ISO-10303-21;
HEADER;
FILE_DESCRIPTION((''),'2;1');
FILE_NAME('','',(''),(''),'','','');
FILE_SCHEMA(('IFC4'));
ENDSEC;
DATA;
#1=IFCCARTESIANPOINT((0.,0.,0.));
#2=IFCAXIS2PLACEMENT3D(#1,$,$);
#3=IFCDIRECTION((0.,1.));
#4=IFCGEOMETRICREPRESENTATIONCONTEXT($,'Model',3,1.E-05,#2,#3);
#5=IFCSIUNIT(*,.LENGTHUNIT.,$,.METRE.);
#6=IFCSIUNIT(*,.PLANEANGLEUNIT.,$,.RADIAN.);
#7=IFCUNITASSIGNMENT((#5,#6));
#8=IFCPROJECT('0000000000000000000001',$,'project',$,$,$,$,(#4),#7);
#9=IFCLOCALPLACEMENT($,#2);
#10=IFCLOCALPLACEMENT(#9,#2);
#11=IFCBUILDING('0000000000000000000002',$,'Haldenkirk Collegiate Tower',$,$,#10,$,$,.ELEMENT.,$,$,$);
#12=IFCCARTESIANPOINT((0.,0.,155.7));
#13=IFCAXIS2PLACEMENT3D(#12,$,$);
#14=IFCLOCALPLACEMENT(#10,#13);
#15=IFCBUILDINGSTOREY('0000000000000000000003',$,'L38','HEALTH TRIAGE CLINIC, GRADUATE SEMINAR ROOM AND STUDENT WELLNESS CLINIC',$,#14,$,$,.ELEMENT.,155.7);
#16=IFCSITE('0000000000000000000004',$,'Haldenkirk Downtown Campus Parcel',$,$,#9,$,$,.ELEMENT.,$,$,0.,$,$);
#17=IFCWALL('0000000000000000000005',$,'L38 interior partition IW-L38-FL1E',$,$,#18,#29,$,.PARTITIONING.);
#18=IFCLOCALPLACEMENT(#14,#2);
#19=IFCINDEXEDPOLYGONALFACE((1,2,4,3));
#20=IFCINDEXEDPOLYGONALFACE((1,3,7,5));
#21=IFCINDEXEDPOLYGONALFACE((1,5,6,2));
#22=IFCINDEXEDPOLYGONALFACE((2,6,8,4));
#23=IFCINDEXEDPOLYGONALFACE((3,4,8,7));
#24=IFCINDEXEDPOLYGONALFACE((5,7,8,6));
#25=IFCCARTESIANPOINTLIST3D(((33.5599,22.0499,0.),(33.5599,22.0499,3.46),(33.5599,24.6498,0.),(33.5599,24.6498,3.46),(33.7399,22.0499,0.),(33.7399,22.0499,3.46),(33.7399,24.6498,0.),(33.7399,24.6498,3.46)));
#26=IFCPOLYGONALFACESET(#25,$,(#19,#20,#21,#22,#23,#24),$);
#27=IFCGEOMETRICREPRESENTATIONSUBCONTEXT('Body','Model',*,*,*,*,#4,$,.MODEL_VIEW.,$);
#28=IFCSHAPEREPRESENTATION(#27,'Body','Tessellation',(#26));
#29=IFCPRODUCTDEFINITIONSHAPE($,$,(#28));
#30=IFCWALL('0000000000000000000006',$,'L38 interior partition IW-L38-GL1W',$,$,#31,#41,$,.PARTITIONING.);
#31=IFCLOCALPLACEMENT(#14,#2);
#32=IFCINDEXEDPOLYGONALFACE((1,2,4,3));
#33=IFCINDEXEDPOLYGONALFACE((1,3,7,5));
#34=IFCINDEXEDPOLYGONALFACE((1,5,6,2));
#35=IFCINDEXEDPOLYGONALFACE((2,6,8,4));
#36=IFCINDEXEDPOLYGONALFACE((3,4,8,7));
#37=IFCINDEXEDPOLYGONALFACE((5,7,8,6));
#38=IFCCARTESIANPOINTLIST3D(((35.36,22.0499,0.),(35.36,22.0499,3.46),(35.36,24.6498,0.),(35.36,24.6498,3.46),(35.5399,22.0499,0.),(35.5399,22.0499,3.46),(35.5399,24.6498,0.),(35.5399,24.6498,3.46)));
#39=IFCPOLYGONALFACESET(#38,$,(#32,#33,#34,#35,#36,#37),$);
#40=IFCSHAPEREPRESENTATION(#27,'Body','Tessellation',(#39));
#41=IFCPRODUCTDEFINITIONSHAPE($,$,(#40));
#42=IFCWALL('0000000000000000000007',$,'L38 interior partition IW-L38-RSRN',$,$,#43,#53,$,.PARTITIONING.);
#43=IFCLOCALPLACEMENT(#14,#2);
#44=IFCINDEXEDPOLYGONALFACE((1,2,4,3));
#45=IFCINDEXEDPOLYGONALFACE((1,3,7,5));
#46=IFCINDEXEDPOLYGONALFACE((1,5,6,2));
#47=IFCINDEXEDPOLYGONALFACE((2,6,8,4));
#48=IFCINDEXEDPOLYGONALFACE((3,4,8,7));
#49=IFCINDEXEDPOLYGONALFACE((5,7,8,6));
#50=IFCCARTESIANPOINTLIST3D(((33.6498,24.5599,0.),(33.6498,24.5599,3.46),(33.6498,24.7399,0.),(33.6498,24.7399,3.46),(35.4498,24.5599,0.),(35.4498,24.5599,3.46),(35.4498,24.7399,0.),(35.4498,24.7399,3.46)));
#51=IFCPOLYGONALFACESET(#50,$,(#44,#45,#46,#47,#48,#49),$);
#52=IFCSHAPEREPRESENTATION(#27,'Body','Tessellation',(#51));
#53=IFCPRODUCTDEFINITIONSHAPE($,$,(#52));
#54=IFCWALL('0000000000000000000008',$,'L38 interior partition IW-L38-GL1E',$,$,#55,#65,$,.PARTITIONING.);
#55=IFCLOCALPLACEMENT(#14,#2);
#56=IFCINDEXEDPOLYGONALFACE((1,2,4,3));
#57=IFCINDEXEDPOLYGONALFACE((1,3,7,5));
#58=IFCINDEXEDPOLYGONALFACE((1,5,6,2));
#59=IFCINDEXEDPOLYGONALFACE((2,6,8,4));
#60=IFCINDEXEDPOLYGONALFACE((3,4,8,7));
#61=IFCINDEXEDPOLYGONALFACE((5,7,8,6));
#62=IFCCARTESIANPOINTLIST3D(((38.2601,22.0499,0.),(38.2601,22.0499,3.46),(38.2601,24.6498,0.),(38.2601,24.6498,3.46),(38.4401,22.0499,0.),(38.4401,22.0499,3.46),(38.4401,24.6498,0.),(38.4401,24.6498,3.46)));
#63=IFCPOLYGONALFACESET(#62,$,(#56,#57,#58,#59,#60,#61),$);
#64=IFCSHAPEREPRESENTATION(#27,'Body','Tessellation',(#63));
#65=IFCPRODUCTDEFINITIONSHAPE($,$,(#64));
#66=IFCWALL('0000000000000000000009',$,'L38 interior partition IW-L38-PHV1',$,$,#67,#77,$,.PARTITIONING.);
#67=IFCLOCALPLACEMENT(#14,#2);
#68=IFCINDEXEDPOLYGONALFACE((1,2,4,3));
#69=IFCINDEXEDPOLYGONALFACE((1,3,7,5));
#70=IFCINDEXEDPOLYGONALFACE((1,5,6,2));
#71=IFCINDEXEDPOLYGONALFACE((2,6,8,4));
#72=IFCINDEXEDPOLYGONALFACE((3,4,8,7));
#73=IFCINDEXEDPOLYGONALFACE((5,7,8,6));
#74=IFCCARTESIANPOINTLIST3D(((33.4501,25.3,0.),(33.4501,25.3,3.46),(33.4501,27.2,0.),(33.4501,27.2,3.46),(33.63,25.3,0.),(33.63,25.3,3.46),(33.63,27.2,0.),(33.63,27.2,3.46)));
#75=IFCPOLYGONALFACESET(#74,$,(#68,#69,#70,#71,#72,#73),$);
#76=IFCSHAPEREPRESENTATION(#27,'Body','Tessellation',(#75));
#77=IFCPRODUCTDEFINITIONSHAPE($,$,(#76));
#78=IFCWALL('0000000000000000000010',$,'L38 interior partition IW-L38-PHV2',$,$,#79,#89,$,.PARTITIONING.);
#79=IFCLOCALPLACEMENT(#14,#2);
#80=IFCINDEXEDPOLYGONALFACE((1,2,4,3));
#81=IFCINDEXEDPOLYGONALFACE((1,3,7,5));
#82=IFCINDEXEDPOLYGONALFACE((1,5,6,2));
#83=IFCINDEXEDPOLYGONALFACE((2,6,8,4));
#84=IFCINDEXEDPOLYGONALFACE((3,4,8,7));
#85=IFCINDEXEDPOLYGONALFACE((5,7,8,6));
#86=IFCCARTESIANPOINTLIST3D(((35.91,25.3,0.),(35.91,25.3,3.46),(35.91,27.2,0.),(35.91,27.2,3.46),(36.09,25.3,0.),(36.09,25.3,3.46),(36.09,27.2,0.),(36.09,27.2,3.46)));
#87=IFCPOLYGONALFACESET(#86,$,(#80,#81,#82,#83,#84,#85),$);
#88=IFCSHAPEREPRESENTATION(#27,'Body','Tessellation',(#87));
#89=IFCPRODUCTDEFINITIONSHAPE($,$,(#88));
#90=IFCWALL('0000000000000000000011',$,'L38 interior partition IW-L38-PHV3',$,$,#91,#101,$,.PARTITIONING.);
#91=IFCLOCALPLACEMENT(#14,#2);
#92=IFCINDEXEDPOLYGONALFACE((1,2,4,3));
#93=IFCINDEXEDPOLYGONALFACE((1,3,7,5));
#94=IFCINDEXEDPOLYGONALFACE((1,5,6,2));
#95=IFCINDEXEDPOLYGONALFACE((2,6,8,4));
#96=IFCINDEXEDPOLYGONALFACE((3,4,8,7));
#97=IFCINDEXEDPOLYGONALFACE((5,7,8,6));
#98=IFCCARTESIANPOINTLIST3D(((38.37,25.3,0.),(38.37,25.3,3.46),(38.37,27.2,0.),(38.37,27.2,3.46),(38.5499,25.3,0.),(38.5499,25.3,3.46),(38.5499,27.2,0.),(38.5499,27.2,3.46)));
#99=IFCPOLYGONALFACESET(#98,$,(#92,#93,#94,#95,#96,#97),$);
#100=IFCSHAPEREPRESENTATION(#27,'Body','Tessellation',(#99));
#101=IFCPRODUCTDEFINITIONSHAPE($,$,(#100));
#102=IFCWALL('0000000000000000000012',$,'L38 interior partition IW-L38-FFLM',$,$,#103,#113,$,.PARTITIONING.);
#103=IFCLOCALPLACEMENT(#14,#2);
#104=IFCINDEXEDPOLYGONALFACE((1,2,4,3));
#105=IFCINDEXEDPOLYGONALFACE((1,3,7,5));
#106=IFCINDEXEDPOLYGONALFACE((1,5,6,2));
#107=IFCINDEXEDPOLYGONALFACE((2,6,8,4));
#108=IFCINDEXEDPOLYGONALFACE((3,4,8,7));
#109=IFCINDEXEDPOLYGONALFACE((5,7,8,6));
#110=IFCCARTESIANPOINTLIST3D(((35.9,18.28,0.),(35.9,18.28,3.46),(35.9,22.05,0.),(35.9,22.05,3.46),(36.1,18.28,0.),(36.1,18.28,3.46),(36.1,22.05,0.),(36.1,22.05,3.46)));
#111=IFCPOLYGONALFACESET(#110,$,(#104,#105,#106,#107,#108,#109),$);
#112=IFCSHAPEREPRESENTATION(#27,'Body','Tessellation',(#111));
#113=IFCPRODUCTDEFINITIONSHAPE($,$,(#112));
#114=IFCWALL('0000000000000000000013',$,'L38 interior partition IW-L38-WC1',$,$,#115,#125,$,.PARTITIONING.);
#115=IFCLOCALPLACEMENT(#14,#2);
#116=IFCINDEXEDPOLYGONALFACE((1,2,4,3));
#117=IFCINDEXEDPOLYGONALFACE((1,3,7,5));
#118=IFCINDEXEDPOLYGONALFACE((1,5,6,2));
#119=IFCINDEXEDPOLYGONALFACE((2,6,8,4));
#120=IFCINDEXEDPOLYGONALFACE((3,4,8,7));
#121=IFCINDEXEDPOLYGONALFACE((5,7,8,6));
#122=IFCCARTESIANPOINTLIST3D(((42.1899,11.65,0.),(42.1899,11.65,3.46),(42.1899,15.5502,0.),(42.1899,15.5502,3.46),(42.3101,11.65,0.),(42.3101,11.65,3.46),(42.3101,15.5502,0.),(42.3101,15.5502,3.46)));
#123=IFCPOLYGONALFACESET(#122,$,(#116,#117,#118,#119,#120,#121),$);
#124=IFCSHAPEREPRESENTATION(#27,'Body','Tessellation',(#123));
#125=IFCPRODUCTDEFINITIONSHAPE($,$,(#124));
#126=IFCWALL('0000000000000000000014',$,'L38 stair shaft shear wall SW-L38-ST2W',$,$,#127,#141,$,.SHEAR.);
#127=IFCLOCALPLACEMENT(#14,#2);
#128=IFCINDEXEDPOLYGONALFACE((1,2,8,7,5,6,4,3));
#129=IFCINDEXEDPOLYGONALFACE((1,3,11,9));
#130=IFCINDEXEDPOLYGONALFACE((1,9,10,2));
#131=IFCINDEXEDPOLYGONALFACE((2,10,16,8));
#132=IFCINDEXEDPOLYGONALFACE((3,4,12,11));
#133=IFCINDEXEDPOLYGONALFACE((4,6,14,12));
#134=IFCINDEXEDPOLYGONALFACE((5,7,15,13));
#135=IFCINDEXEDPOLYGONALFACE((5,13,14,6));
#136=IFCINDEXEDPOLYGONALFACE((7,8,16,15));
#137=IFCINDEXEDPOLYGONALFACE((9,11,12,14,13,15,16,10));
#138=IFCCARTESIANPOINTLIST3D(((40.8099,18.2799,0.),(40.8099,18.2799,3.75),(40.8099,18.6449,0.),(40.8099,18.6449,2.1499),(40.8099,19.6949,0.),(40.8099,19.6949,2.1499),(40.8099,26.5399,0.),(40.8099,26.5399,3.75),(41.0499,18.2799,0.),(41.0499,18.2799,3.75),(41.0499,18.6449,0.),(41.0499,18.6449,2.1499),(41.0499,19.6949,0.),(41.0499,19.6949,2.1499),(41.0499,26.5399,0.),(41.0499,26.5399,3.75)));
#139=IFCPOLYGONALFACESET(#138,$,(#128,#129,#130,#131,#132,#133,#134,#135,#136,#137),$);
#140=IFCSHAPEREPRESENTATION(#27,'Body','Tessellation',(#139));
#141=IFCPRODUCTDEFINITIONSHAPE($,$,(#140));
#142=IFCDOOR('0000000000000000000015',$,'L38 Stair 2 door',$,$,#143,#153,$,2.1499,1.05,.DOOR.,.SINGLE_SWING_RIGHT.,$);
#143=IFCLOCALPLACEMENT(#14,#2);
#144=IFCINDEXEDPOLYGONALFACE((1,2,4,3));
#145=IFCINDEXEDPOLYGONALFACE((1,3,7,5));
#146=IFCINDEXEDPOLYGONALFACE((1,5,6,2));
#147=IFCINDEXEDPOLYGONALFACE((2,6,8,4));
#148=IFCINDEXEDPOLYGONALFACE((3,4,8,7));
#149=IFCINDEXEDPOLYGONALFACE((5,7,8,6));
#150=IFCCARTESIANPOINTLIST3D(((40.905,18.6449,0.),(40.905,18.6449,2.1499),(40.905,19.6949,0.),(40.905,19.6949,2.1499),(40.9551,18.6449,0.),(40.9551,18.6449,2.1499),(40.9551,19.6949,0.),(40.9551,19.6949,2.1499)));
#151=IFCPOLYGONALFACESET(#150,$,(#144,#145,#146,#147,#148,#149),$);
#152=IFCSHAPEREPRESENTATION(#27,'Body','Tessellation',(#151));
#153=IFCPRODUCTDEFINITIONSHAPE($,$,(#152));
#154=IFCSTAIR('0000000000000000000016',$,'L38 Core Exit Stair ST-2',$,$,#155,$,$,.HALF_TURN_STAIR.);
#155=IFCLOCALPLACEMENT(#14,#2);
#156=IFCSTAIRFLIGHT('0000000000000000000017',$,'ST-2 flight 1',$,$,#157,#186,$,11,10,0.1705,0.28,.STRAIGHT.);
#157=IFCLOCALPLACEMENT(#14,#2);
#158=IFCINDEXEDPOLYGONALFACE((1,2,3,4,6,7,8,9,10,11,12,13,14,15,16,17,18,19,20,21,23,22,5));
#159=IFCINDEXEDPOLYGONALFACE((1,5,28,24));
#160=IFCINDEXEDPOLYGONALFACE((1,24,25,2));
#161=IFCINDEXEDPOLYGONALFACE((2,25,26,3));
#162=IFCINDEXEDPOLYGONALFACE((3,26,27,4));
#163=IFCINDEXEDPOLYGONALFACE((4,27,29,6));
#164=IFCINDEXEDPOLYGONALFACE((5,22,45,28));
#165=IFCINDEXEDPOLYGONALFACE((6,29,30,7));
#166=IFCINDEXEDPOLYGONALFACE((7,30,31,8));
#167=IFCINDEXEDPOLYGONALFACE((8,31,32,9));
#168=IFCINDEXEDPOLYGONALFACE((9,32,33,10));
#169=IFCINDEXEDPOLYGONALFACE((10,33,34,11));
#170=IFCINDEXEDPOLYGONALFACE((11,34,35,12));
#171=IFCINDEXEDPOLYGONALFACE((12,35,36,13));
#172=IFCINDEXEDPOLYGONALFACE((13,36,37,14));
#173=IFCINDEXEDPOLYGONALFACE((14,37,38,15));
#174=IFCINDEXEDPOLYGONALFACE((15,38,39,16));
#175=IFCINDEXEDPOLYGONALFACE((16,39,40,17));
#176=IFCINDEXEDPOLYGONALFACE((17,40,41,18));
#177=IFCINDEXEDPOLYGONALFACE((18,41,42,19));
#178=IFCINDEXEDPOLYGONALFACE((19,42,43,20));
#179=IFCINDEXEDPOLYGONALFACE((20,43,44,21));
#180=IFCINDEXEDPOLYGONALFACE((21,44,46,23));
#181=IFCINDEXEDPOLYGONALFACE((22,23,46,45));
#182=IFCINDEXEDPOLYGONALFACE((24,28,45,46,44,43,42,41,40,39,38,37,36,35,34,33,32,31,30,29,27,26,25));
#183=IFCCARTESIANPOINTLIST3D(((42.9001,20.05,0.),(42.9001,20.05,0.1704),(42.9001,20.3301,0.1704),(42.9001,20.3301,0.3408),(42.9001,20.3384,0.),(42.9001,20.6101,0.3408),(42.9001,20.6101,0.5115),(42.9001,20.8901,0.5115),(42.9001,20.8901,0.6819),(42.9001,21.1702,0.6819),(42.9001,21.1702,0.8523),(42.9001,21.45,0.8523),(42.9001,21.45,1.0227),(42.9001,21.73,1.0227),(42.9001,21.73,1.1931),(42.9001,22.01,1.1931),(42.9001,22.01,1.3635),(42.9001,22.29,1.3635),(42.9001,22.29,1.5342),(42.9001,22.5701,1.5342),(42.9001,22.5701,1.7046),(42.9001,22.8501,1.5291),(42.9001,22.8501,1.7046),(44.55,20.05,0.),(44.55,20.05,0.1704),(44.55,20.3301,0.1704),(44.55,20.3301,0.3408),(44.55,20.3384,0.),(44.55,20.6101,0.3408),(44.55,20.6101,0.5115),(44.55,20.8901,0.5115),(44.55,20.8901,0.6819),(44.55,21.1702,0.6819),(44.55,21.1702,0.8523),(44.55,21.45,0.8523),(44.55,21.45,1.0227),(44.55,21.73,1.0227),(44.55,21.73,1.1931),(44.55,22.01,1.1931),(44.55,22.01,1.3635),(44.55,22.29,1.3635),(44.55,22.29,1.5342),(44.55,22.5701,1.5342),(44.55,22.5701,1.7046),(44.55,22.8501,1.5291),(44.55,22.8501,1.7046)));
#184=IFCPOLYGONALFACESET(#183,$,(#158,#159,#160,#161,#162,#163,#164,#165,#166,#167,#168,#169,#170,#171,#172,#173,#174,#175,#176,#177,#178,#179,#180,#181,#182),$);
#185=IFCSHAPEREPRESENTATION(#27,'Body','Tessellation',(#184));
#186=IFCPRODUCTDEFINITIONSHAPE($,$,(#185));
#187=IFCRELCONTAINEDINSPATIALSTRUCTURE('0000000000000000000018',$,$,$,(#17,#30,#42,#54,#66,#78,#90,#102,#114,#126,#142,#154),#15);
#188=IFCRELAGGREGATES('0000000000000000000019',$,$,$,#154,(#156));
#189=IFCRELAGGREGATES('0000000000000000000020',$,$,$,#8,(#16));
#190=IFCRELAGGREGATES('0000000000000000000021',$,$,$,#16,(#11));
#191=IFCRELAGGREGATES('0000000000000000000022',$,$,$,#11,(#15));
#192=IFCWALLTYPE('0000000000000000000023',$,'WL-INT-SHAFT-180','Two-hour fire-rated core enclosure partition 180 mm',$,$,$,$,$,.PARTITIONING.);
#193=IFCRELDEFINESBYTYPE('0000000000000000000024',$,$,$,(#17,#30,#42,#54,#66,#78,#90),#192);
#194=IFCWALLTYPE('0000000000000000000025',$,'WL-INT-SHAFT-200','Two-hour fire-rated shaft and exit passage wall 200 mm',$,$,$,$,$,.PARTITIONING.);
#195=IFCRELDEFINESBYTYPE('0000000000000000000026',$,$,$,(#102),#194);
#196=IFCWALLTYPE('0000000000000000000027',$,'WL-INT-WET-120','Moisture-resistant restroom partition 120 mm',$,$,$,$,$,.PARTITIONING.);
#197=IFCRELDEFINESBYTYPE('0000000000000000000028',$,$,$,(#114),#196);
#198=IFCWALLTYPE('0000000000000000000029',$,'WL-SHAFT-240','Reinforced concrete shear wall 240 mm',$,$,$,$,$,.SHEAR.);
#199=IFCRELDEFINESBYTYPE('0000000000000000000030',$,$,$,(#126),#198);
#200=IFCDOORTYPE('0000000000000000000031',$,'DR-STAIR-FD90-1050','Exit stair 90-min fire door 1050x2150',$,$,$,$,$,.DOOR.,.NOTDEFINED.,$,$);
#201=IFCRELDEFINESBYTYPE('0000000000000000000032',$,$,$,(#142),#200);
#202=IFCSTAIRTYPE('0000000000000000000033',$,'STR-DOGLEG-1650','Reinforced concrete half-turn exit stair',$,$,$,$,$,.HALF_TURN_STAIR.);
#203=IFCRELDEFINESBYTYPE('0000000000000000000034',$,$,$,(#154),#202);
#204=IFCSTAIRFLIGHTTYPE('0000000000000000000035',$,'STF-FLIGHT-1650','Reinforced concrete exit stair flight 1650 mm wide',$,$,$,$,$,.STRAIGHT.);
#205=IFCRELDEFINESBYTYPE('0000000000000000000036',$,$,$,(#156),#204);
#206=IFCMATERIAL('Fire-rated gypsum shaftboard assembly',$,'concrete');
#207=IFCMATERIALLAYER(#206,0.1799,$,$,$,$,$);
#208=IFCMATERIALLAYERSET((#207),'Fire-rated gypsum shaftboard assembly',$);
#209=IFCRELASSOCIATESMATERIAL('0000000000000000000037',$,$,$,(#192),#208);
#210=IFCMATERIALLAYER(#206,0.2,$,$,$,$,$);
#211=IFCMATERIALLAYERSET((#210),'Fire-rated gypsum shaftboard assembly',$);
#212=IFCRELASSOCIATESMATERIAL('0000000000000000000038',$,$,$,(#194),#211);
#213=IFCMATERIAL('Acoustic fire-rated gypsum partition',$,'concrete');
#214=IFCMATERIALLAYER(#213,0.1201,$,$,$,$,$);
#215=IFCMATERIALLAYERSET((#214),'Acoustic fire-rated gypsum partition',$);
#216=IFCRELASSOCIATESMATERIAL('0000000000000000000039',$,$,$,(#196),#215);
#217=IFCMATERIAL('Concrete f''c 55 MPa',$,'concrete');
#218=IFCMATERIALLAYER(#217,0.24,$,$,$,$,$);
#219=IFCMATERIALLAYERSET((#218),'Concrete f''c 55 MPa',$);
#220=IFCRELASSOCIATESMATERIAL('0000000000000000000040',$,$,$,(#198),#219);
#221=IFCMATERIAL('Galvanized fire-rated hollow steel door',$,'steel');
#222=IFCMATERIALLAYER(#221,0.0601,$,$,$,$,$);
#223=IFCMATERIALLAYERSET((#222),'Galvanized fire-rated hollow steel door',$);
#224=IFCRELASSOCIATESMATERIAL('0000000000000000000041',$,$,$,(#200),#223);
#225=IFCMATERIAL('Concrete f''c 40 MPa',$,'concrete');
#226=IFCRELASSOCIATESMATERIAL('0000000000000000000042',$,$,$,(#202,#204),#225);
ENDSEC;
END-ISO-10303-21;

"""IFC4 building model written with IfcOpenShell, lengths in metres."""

from ifc_helpers import new_model, si_unit, direction, frame, frame_2d, origin, place, context, subcontext, project, spatial, polyline, rectangle, outline, extrude, material, layer, layer_set, type_object, element, fill, aggregate, save


model = new_model("IFC4")

# Units and contexts
model_context = context("Model", 3, precision=1e-05, world=origin(), true_north=direction((0.0, 1.0)))
body_context = subcontext(model_context, "Body", "Model", "MODEL_VIEW")
ifc_project = project(units=[si_unit("LENGTHUNIT", "METRE"), si_unit("PLANEANGLEUNIT", "RADIAN")], contexts=[model_context])

# Site, building, storey
site_placement = place(None, origin())
site = spatial("IfcSite", under=ifc_project, at=site_placement, Name="Haldenkirk Downtown Campus Parcel", CompositionType="ELEMENT", RefElevation=0.0)
building_placement = place(site_placement, origin())
building = spatial("IfcBuilding", under=site, at=building_placement, Name="Haldenkirk Collegiate Tower", CompositionType="ELEMENT")
storey_placement = place(building_placement, frame((0.0, 0.0, 155.7)))
storey = spatial("IfcBuildingStorey", under=building, at=storey_placement, Name="L38", Description="HEALTH TRIAGE CLINIC, GRADUATE SEMINAR ROOM AND STUDENT WELLNESS CLINIC", CompositionType="ELEMENT", Elevation=155.7)

# Walls
ifc_material_1 = material(Name="Fire-rated gypsum shaftboard assembly", Category="concrete")
ifc_layer_1 = layer(ifc_material_1, 0.1799)
ifc_layer_set_1 = layer_set([ifc_layer_1], Name="Fire-rated gypsum shaftboard assembly")
wall_type_1 = type_object("IfcWallType", Name="WL-INT-SHAFT-180", Description="Two-hour fire-rated core enclosure partition 180 mm", PredefinedType="PARTITIONING", material=ifc_layer_set_1)
for number, where, z_axis, x_axis, name in (
    (1, (33.6499, 22.05, 0.0), (0.0, 0.0, 1.0), (0.0, 1.0, 0.0), "L38 interior partition IW-L38-FL1E"),
    (2, (35.45, 22.05, 0.0), (0.0, 0.0, 1.0), (0.0, 1.0, 0.0), "L38 interior partition IW-L38-GL1W"),
):
    element("IfcWall", number, at=place(storey_placement, frame(where, z_axis=z_axis, x_axis=x_axis)), inside=storey, type_object=wall_type_1, Name=name, PredefinedType="PARTITIONING", context=body_context, shape_type="SweptSolid", body=[
        extrude(rectangle(XDim=2.5999, YDim=0.1799, at=frame_2d((1.2998, 0.0))), origin(), (0.0, 0.0, 1.0), 3.46),
    ])
wall_1_placement = place(storey_placement, frame((33.6499, 24.6499, 0.0), z_axis=(0.0, 0.0, 1.0), x_axis=(1.0, 0.0, 0.0)))
element("IfcWall", 3, at=wall_1_placement, inside=storey, type_object=wall_type_1, Name="L38 interior partition IW-L38-RSRN", PredefinedType="PARTITIONING", context=body_context, shape_type="SweptSolid", body=[
    extrude(rectangle(XDim=1.8, YDim=0.1799, at=frame_2d((0.8999, 0.0))), origin(), (0.0, 0.0, 1.0), 3.46),
])
wall_2_placement = place(storey_placement, frame((38.3501, 22.05, 0.0), z_axis=(0.0, 0.0, 1.0), x_axis=(0.0, 1.0, 0.0)))
element("IfcWall", 4, at=wall_2_placement, inside=storey, type_object=wall_type_1, Name="L38 interior partition IW-L38-GL1E", PredefinedType="PARTITIONING", context=body_context, shape_type="SweptSolid", body=[
    extrude(rectangle(XDim=2.5999, YDim=0.1799, at=frame_2d((1.2998, 0.0))), origin(), (0.0, 0.0, 1.0), 3.46),
])
for number, where, z_axis, x_axis, name in (
    (5, (33.54, 25.3, 0.0), (0.0, 0.0, 1.0), (0.0, 1.0, 0.0), "L38 interior partition IW-L38-PHV1"),
    (6, (36.0, 25.3, 0.0), (0.0, 0.0, 1.0), (0.0, 1.0, 0.0), "L38 interior partition IW-L38-PHV2"),
    (7, (38.46, 25.3, 0.0), (0.0, 0.0, 1.0), (0.0, 1.0, 0.0), "L38 interior partition IW-L38-PHV3"),
):
    element("IfcWall", number, at=place(storey_placement, frame(where, z_axis=z_axis, x_axis=x_axis)), inside=storey, type_object=wall_type_1, Name=name, PredefinedType="PARTITIONING", context=body_context, shape_type="SweptSolid", body=[
        extrude(rectangle(XDim=1.8999, YDim=0.1799, at=frame_2d((0.95, 0.0))), origin(), (0.0, 0.0, 1.0), 3.46),
    ])
ifc_layer_2 = layer(ifc_material_1, 0.2)
ifc_layer_set_2 = layer_set([ifc_layer_2], Name="Fire-rated gypsum shaftboard assembly")
wall_type_2 = type_object("IfcWallType", Name="WL-INT-SHAFT-200", Description="Two-hour fire-rated shaft and exit passage wall 200 mm", PredefinedType="PARTITIONING", material=ifc_layer_set_2)
wall_3_placement = place(storey_placement, frame((36.0, 18.28, 0.0), z_axis=(0.0, 0.0, 1.0), x_axis=(0.0, 1.0, 0.0)))
element("IfcWall", 8, at=wall_3_placement, inside=storey, type_object=wall_type_2, Name="L38 interior partition IW-L38-FFLM", PredefinedType="PARTITIONING", context=body_context, shape_type="SweptSolid", body=[
    extrude(rectangle(XDim=3.77, YDim=0.2, at=frame_2d((1.885, 0.0))), origin(), (0.0, 0.0, 1.0), 3.46),
])

# Wall
ifc_material_2 = material(Name="Acoustic fire-rated gypsum partition", Category="concrete")
ifc_layer_3 = layer(ifc_material_2, 0.1201)
ifc_layer_set_3 = layer_set([ifc_layer_3], Name="Acoustic fire-rated gypsum partition")
wall_type_3 = type_object("IfcWallType", Name="WL-INT-WET-120", Description="Moisture-resistant restroom partition 120 mm", PredefinedType="PARTITIONING", material=ifc_layer_set_3)
wall_4_placement = place(storey_placement, frame((42.25, 11.6499, 0.0), z_axis=(0.0, 0.0, 1.0), x_axis=(0.0, 1.0, 0.0)))
element("IfcWall", 9, at=wall_4_placement, inside=storey, type_object=wall_type_3, Name="L38 interior partition IW-L38-WC1", PredefinedType="PARTITIONING", context=body_context, shape_type="SweptSolid", body=[
    extrude(rectangle(XDim=3.9001, YDim=0.1201, at=frame_2d((1.9502, 0.0))), origin(), (0.0, 0.0, 1.0), 3.46),
])

# Wall, opening, door
ifc_material_3 = material(Name="Concrete f'c 55 MPa", Category="concrete")
ifc_layer_4 = layer(ifc_material_3, 0.24)
ifc_layer_set_4 = layer_set([ifc_layer_4], Name="Concrete f'c 55 MPa")
wall_type_4 = type_object("IfcWallType", Name="WL-SHAFT-240", Description="Reinforced concrete shear wall 240 mm", PredefinedType="SHEAR", material=ifc_layer_set_4)
wall_5_placement = place(storey_placement, frame((40.9299, 18.28, 0.0), z_axis=(0.0, 0.0, 1.0), x_axis=(0.0, 1.0, 0.0)))
wall_5 = element("IfcWall", 10, at=wall_5_placement, inside=storey, type_object=wall_type_4, Name="L38 stair shaft shear wall SW-L38-ST2W", PredefinedType="SHEAR", context=body_context, shape_type="SweptSolid", body=[
    extrude(rectangle(XDim=8.26, YDim=0.24, at=frame_2d((4.1299, 0.0))), origin(), (0.0, 0.0, 1.0), 3.75),
])
opening_1_placement = place(wall_5_placement, frame((0.365, 0.0, 0.0)))
opening_1 = element("IfcOpeningElement", 11, at=opening_1_placement, cuts=wall_5, PredefinedType="OPENING", context=body_context, shape_type="SweptSolid", body=[
    extrude(rectangle(XDim=1.05, YDim=2.1499, at=frame_2d((0.5249, 1.075))), frame((0.0, 0.1299, 0.0), z_axis=(0.0, -1.0, 0.0), x_axis=(1.0, 0.0, 0.0)), (0.0, 0.0, 1.0), 0.26),
])
ifc_material_4 = material(Name="Galvanized fire-rated hollow steel door", Category="steel")
ifc_layer_5 = layer(ifc_material_4, 0.0601)
ifc_layer_set_5 = layer_set([ifc_layer_5], Name="Galvanized fire-rated hollow steel door")
door_type_1 = type_object("IfcDoorType", Name="DR-STAIR-FD90-1050", Description="Exit stair 90-min fire door 1050x2150", OperationType="NOTDEFINED", PredefinedType="DOOR", material=ifc_layer_set_5)
door_1_placement = place(opening_1_placement, origin())
door_1 = element("IfcDoor", 12, at=door_1_placement, inside=storey, type_object=door_type_1, Name="L38 Stair 2 door", OperationType="SINGLE_SWING_RIGHT", OverallHeight=2.1499, OverallWidth=1.05, PredefinedType="DOOR", context=body_context, shape_type="SweptSolid", body=[
    extrude(rectangle(XDim=1.05, YDim=2.1499, at=frame_2d((0.5249, 1.075))), frame((0.0, 0.0249, 0.0), z_axis=(0.0, -1.0, 0.0), x_axis=(1.0, 0.0, 0.0)), (0.0, 0.0, 1.0), 0.05),
])
fill(opening_1, door_1)

# Stair, stair flight
ifc_material_5 = material(Name="Concrete f'c 40 MPa", Category="concrete")
stair_type = type_object("IfcStairType", Name="STR-DOGLEG-1650", Description="Reinforced concrete half-turn exit stair", PredefinedType="HALF_TURN_STAIR", material=ifc_material_5)
stair_placement = place(storey_placement, origin())
stair = element("IfcStair", 13, at=stair_placement, inside=storey, type_object=stair_type, Name="L38 Core Exit Stair ST-2", PredefinedType="HALF_TURN_STAIR")
stair_flight_type = type_object("IfcStairFlightType", Name="STF-FLIGHT-1650", Description="Reinforced concrete exit stair flight 1650 mm wide", PredefinedType="STRAIGHT", material=ifc_material_5)
stair_flight_1_placement = place(storey_placement, frame((43.7251, 20.05, 0.0), z_axis=(0.0, 0.0, 1.0), x_axis=(0.0, 1.0, 0.0)))
stair_flight_1 = element("IfcStairFlight", 14, at=stair_flight_1_placement, type_object=stair_flight_type, Name="ST-2 flight 1", NumberOfRisers=11, NumberOfTreads=10, PredefinedType="STRAIGHT", RiserHeight=0.1705, TreadLength=0.28, context=body_context, shape_type="SweptSolid", body=[
    extrude(outline(polyline([(0.0, 0.0), (0.0, 0.1704), (0.28, 0.1704), (0.28, 0.3408), (0.5601, 0.3408), (0.5601, 0.5115), (0.8401, 0.5115), (0.8401, 0.6819), (1.1201, 0.6819), (1.1201, 0.8523), (1.3999, 0.8523), (1.3999, 1.0227), (1.6799, 1.0227), (1.6799, 1.1931), (1.96, 1.1931), (1.96, 1.3635), (2.24, 1.3635), (2.24, 1.5342), (2.52, 1.5342), (2.52, 1.7046), (2.8, 1.7046), (2.8, 1.875), (2.8, 1.5291), (0.2883, 0.0), (0.0, 0.0)])), frame((0.0, 0.825, 0.0), z_axis=(0.0, -1.0, 0.0), x_axis=(1.0, 0.0, 0.0)), (0.0, 0.0, 1.0), 1.6499),
])
aggregate(stair, [stair_flight_1])

save(model, "model.ifc")
